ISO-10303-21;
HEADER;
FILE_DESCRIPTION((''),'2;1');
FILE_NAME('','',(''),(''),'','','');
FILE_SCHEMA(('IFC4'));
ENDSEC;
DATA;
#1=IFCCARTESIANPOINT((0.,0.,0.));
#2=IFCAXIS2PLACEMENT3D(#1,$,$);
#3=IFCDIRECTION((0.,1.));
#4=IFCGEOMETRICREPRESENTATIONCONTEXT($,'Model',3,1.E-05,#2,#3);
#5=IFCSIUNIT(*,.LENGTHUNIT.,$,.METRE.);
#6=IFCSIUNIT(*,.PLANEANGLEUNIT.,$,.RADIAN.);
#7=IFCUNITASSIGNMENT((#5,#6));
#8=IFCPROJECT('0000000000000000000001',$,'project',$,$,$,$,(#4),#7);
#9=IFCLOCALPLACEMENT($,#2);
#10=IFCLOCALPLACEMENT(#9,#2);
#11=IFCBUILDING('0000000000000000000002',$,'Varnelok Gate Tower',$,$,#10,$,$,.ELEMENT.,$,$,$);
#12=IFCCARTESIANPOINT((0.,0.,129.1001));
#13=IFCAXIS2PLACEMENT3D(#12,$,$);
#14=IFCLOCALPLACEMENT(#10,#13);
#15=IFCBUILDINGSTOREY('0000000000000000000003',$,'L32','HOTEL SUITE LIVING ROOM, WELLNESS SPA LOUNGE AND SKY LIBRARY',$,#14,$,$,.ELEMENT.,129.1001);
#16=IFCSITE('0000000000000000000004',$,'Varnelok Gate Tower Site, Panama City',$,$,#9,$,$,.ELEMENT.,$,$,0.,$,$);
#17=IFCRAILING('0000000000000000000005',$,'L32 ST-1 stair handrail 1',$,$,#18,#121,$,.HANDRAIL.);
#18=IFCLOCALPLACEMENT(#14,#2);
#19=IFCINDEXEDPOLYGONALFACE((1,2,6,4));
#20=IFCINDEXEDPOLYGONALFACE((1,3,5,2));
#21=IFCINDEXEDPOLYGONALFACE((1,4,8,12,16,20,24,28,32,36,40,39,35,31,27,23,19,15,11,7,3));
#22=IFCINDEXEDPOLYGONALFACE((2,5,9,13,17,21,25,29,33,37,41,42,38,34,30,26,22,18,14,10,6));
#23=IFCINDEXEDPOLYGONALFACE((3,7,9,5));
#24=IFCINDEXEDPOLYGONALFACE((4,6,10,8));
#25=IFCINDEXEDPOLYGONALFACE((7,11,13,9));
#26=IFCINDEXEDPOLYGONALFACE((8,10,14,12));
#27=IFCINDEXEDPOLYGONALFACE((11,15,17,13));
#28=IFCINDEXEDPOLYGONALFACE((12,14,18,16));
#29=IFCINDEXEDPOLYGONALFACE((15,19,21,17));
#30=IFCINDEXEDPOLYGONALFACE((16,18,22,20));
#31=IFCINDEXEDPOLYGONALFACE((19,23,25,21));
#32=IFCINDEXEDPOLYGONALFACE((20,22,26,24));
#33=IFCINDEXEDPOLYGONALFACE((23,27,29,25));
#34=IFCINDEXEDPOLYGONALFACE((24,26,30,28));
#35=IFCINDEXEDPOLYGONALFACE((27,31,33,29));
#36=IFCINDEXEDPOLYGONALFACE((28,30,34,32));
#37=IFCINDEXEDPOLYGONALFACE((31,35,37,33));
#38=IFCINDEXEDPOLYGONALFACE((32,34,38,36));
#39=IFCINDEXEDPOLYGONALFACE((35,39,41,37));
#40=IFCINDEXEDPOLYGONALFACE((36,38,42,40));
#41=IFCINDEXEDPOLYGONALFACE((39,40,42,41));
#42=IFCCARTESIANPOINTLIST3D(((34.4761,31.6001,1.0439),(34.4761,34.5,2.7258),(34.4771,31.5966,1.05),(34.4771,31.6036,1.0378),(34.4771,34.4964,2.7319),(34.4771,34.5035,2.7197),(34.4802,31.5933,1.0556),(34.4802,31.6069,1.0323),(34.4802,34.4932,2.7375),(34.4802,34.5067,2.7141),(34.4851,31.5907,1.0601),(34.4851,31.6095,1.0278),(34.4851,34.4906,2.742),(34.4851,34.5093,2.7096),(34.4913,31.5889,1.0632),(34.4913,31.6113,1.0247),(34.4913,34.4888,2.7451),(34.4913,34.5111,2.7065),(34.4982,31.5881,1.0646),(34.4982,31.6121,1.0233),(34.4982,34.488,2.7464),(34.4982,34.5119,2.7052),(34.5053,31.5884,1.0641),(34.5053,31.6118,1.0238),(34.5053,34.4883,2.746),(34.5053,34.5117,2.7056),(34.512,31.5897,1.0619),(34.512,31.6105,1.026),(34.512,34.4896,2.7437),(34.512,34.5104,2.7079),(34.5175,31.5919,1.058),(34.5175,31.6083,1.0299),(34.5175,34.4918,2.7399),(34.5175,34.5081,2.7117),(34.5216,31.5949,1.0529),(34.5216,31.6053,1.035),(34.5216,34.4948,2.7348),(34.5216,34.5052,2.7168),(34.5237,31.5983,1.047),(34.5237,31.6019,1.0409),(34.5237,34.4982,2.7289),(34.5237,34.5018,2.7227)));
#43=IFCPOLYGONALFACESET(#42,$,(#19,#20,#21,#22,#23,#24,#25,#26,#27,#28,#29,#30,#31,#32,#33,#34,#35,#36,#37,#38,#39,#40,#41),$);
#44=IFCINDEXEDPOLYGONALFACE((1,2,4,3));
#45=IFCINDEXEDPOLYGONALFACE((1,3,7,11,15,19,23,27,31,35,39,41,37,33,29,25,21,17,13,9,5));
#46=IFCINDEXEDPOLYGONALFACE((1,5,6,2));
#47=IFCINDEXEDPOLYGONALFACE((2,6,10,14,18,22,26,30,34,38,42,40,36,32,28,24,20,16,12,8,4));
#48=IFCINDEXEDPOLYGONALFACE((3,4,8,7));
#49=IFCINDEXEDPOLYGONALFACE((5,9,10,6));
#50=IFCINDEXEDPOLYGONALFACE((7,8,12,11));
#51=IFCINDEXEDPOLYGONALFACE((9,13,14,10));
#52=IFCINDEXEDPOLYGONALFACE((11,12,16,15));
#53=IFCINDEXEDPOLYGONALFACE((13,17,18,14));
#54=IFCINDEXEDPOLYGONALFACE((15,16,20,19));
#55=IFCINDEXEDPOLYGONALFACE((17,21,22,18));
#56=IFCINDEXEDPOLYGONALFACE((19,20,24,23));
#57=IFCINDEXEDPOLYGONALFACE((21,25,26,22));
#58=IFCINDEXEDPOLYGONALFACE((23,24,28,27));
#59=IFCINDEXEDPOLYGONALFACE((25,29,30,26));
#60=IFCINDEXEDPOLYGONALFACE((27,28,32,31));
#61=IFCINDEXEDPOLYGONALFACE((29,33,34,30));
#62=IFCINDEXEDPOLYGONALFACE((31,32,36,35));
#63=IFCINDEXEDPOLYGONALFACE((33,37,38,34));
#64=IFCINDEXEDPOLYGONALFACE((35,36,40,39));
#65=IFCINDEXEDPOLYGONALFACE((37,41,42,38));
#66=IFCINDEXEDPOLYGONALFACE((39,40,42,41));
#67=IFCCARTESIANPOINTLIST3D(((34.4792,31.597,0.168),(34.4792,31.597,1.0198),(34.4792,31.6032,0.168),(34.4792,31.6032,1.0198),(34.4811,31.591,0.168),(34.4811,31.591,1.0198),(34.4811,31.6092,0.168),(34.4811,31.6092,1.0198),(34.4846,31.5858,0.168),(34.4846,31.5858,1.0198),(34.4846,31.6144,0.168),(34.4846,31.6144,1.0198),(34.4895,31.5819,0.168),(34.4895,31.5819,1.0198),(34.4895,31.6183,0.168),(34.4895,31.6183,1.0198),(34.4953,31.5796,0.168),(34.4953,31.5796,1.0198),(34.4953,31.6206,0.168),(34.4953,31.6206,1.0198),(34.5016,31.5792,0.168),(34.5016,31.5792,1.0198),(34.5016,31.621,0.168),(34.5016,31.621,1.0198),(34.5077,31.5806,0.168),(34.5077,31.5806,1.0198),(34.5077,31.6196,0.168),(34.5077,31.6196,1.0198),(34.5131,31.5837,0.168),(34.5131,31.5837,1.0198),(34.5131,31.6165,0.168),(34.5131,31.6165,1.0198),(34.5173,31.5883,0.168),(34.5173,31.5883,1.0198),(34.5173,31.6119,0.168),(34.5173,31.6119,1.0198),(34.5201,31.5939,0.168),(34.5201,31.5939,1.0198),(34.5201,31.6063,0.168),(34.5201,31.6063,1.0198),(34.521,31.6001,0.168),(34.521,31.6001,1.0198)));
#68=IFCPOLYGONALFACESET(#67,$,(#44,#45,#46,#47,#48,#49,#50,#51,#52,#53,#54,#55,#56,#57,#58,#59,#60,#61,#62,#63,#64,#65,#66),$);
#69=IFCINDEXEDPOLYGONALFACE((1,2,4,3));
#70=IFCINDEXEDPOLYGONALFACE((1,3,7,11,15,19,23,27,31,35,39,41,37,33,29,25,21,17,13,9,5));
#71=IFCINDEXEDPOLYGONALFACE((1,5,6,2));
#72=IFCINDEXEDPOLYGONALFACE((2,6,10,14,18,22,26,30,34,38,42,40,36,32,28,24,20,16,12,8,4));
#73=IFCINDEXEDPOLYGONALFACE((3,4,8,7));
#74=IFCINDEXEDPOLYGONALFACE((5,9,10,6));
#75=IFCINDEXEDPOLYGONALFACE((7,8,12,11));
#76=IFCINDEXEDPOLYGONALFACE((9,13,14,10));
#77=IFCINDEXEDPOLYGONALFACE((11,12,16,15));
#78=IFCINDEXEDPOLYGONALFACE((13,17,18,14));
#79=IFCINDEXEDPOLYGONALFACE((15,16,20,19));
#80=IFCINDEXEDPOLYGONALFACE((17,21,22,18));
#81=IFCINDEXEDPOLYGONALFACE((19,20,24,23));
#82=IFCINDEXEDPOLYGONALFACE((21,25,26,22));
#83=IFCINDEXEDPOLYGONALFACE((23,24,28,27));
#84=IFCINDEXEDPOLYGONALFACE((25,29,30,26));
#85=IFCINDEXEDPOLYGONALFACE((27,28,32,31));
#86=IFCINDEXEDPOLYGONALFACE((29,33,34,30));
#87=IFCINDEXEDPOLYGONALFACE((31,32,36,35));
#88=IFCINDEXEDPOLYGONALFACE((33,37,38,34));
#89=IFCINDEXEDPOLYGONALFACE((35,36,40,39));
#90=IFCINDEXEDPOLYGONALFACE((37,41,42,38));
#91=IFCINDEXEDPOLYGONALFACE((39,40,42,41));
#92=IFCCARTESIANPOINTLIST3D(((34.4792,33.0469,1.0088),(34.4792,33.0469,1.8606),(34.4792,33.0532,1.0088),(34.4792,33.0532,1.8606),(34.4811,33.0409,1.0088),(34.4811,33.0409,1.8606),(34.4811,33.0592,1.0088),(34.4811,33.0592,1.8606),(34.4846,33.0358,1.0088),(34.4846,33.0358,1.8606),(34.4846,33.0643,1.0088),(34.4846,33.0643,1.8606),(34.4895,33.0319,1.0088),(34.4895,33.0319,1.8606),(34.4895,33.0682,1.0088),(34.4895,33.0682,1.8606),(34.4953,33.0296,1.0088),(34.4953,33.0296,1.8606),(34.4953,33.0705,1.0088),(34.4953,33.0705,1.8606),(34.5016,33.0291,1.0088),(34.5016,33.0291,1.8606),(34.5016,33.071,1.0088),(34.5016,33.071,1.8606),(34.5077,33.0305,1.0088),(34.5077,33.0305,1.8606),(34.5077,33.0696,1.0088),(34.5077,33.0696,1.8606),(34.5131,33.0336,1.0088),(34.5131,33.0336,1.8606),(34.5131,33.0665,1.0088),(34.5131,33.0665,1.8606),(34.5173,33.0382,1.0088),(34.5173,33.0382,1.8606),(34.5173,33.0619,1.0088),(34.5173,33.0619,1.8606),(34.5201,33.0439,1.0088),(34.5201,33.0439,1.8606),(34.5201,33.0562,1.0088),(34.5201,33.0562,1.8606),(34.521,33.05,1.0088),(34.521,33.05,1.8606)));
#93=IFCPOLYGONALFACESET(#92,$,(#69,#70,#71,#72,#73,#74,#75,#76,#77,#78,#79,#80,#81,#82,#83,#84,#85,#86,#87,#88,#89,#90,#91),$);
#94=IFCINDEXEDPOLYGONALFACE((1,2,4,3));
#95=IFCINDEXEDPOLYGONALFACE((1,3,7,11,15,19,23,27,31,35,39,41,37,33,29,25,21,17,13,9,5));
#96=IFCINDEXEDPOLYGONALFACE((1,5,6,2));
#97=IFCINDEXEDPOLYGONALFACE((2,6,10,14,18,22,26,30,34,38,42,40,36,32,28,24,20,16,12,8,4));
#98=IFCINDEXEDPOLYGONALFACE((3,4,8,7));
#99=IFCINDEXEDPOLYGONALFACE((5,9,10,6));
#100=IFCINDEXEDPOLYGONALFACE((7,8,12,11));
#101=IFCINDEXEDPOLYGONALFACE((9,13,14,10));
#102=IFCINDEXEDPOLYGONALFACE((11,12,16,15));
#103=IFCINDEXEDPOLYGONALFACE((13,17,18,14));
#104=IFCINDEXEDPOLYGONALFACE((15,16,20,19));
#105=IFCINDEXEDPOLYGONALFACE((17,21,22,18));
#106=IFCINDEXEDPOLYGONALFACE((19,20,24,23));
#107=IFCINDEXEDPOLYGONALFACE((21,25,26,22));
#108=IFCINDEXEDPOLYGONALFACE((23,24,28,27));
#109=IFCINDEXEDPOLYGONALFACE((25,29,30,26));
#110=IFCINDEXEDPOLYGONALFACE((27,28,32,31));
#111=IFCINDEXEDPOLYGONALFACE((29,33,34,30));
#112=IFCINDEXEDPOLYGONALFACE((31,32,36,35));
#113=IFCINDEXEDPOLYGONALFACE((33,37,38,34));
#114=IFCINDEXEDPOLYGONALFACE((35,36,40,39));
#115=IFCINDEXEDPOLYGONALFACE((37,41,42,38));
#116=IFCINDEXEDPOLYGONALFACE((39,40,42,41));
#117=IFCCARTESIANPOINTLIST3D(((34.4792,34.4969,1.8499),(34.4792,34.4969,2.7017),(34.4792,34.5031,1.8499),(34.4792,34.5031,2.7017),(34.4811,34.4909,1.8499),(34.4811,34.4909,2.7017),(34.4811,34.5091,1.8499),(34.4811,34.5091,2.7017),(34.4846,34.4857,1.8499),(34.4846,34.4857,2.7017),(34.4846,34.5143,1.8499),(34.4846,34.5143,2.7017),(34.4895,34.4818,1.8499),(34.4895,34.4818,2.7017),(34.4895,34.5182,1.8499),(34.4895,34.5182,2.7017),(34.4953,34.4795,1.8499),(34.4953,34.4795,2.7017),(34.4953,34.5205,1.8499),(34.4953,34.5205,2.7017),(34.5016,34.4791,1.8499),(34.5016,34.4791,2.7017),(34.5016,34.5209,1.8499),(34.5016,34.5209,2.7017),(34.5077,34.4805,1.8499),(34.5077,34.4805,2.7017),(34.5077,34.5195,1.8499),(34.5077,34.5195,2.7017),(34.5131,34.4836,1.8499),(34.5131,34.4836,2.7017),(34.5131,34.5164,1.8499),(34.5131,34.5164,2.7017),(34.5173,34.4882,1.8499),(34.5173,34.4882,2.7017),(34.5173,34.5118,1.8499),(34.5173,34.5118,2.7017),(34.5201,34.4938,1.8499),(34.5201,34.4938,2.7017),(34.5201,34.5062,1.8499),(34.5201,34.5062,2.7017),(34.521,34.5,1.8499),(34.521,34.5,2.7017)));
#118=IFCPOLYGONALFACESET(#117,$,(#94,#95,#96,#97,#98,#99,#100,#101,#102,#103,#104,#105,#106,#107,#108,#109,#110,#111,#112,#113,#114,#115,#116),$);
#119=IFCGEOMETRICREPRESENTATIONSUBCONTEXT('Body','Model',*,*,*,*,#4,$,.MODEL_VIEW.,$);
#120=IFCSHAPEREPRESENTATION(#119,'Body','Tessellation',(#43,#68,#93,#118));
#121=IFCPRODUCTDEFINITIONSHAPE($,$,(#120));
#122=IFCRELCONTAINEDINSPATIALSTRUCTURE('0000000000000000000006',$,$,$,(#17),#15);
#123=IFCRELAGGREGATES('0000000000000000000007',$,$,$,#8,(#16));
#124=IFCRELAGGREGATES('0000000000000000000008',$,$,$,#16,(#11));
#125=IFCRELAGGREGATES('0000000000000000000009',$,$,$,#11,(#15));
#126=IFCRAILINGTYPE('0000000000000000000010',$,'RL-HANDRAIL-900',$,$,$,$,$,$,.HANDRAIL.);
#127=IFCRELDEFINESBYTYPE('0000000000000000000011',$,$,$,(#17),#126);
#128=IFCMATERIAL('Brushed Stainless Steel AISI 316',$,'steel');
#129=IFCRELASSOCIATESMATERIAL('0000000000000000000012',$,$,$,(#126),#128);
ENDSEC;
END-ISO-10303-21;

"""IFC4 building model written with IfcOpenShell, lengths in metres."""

from ifc_helpers import new_model, si_unit, direction, frame, origin, origin_2d, place, context, subcontext, project, spatial, circle, extrude, material, type_object, element, save


model = new_model("IFC4")

# Units and contexts
model_context = context("Model", 3, precision=1e-05, world=origin(), true_north=direction((0.0, 1.0)))
body_context = subcontext(model_context, "Body", "Model", "MODEL_VIEW")
ifc_project = project(units=[si_unit("LENGTHUNIT", "METRE"), si_unit("PLANEANGLEUNIT", "RADIAN")], contexts=[model_context])

# Site, building, storey
site_placement = place(None, origin())
site = spatial("IfcSite", under=ifc_project, at=site_placement, Name="Varnelok Gate Tower Site, Panama City", CompositionType="ELEMENT", RefElevation=0.0)
building_placement = place(site_placement, origin())
building = spatial("IfcBuilding", under=site, at=building_placement, Name="Varnelok Gate Tower", CompositionType="ELEMENT")
storey_placement = place(building_placement, frame((0.0, 0.0, 129.1001)))
storey = spatial("IfcBuildingStorey", under=building, at=storey_placement, Name="L32", Description="HOTEL SUITE LIVING ROOM, WELLNESS SPA LOUNGE AND SKY LIBRARY", CompositionType="ELEMENT", Elevation=129.1001)

# Railing
ifc_material_1 = material(Name="Brushed Stainless Steel AISI 316", Category="steel")
railing_type_1 = type_object("IfcRailingType", Name="RL-HANDRAIL-900", PredefinedType="HANDRAIL", material=ifc_material_1)
railing_1_placement = place(storey_placement, frame((34.5, 31.6001, 0.168)))
element("IfcRailing", 1, at=railing_1_placement, inside=storey, type_object=railing_type_1, Name="L32 ST-1 stair handrail 1", PredefinedType="HANDRAIL", context=body_context, shape_type="SweptSolid", body=[
    extrude(circle(Radius=0.0239, at=origin_2d()), frame((0.0, 0.0, 0.876), z_axis=(0.0, 0.865039, 0.501705), x_axis=(-1.0, 0.0, 0.0)), (0.0, 0.0, 1.0), 3.3523),
    extrude(circle(Radius=0.021, at=origin_2d()), origin(), (0.0, 0.0, 1.0), 0.8518),
    extrude(circle(Radius=0.021, at=origin_2d()), frame((0.0, 1.45, 0.8408)), (0.0, 0.0, 1.0), 0.8518),
    extrude(circle(Radius=0.021, at=origin_2d()), frame((0.0, 2.8999, 1.6819)), (0.0, 0.0, 1.0), 0.8518),
])

save(model, "model.ifc")
